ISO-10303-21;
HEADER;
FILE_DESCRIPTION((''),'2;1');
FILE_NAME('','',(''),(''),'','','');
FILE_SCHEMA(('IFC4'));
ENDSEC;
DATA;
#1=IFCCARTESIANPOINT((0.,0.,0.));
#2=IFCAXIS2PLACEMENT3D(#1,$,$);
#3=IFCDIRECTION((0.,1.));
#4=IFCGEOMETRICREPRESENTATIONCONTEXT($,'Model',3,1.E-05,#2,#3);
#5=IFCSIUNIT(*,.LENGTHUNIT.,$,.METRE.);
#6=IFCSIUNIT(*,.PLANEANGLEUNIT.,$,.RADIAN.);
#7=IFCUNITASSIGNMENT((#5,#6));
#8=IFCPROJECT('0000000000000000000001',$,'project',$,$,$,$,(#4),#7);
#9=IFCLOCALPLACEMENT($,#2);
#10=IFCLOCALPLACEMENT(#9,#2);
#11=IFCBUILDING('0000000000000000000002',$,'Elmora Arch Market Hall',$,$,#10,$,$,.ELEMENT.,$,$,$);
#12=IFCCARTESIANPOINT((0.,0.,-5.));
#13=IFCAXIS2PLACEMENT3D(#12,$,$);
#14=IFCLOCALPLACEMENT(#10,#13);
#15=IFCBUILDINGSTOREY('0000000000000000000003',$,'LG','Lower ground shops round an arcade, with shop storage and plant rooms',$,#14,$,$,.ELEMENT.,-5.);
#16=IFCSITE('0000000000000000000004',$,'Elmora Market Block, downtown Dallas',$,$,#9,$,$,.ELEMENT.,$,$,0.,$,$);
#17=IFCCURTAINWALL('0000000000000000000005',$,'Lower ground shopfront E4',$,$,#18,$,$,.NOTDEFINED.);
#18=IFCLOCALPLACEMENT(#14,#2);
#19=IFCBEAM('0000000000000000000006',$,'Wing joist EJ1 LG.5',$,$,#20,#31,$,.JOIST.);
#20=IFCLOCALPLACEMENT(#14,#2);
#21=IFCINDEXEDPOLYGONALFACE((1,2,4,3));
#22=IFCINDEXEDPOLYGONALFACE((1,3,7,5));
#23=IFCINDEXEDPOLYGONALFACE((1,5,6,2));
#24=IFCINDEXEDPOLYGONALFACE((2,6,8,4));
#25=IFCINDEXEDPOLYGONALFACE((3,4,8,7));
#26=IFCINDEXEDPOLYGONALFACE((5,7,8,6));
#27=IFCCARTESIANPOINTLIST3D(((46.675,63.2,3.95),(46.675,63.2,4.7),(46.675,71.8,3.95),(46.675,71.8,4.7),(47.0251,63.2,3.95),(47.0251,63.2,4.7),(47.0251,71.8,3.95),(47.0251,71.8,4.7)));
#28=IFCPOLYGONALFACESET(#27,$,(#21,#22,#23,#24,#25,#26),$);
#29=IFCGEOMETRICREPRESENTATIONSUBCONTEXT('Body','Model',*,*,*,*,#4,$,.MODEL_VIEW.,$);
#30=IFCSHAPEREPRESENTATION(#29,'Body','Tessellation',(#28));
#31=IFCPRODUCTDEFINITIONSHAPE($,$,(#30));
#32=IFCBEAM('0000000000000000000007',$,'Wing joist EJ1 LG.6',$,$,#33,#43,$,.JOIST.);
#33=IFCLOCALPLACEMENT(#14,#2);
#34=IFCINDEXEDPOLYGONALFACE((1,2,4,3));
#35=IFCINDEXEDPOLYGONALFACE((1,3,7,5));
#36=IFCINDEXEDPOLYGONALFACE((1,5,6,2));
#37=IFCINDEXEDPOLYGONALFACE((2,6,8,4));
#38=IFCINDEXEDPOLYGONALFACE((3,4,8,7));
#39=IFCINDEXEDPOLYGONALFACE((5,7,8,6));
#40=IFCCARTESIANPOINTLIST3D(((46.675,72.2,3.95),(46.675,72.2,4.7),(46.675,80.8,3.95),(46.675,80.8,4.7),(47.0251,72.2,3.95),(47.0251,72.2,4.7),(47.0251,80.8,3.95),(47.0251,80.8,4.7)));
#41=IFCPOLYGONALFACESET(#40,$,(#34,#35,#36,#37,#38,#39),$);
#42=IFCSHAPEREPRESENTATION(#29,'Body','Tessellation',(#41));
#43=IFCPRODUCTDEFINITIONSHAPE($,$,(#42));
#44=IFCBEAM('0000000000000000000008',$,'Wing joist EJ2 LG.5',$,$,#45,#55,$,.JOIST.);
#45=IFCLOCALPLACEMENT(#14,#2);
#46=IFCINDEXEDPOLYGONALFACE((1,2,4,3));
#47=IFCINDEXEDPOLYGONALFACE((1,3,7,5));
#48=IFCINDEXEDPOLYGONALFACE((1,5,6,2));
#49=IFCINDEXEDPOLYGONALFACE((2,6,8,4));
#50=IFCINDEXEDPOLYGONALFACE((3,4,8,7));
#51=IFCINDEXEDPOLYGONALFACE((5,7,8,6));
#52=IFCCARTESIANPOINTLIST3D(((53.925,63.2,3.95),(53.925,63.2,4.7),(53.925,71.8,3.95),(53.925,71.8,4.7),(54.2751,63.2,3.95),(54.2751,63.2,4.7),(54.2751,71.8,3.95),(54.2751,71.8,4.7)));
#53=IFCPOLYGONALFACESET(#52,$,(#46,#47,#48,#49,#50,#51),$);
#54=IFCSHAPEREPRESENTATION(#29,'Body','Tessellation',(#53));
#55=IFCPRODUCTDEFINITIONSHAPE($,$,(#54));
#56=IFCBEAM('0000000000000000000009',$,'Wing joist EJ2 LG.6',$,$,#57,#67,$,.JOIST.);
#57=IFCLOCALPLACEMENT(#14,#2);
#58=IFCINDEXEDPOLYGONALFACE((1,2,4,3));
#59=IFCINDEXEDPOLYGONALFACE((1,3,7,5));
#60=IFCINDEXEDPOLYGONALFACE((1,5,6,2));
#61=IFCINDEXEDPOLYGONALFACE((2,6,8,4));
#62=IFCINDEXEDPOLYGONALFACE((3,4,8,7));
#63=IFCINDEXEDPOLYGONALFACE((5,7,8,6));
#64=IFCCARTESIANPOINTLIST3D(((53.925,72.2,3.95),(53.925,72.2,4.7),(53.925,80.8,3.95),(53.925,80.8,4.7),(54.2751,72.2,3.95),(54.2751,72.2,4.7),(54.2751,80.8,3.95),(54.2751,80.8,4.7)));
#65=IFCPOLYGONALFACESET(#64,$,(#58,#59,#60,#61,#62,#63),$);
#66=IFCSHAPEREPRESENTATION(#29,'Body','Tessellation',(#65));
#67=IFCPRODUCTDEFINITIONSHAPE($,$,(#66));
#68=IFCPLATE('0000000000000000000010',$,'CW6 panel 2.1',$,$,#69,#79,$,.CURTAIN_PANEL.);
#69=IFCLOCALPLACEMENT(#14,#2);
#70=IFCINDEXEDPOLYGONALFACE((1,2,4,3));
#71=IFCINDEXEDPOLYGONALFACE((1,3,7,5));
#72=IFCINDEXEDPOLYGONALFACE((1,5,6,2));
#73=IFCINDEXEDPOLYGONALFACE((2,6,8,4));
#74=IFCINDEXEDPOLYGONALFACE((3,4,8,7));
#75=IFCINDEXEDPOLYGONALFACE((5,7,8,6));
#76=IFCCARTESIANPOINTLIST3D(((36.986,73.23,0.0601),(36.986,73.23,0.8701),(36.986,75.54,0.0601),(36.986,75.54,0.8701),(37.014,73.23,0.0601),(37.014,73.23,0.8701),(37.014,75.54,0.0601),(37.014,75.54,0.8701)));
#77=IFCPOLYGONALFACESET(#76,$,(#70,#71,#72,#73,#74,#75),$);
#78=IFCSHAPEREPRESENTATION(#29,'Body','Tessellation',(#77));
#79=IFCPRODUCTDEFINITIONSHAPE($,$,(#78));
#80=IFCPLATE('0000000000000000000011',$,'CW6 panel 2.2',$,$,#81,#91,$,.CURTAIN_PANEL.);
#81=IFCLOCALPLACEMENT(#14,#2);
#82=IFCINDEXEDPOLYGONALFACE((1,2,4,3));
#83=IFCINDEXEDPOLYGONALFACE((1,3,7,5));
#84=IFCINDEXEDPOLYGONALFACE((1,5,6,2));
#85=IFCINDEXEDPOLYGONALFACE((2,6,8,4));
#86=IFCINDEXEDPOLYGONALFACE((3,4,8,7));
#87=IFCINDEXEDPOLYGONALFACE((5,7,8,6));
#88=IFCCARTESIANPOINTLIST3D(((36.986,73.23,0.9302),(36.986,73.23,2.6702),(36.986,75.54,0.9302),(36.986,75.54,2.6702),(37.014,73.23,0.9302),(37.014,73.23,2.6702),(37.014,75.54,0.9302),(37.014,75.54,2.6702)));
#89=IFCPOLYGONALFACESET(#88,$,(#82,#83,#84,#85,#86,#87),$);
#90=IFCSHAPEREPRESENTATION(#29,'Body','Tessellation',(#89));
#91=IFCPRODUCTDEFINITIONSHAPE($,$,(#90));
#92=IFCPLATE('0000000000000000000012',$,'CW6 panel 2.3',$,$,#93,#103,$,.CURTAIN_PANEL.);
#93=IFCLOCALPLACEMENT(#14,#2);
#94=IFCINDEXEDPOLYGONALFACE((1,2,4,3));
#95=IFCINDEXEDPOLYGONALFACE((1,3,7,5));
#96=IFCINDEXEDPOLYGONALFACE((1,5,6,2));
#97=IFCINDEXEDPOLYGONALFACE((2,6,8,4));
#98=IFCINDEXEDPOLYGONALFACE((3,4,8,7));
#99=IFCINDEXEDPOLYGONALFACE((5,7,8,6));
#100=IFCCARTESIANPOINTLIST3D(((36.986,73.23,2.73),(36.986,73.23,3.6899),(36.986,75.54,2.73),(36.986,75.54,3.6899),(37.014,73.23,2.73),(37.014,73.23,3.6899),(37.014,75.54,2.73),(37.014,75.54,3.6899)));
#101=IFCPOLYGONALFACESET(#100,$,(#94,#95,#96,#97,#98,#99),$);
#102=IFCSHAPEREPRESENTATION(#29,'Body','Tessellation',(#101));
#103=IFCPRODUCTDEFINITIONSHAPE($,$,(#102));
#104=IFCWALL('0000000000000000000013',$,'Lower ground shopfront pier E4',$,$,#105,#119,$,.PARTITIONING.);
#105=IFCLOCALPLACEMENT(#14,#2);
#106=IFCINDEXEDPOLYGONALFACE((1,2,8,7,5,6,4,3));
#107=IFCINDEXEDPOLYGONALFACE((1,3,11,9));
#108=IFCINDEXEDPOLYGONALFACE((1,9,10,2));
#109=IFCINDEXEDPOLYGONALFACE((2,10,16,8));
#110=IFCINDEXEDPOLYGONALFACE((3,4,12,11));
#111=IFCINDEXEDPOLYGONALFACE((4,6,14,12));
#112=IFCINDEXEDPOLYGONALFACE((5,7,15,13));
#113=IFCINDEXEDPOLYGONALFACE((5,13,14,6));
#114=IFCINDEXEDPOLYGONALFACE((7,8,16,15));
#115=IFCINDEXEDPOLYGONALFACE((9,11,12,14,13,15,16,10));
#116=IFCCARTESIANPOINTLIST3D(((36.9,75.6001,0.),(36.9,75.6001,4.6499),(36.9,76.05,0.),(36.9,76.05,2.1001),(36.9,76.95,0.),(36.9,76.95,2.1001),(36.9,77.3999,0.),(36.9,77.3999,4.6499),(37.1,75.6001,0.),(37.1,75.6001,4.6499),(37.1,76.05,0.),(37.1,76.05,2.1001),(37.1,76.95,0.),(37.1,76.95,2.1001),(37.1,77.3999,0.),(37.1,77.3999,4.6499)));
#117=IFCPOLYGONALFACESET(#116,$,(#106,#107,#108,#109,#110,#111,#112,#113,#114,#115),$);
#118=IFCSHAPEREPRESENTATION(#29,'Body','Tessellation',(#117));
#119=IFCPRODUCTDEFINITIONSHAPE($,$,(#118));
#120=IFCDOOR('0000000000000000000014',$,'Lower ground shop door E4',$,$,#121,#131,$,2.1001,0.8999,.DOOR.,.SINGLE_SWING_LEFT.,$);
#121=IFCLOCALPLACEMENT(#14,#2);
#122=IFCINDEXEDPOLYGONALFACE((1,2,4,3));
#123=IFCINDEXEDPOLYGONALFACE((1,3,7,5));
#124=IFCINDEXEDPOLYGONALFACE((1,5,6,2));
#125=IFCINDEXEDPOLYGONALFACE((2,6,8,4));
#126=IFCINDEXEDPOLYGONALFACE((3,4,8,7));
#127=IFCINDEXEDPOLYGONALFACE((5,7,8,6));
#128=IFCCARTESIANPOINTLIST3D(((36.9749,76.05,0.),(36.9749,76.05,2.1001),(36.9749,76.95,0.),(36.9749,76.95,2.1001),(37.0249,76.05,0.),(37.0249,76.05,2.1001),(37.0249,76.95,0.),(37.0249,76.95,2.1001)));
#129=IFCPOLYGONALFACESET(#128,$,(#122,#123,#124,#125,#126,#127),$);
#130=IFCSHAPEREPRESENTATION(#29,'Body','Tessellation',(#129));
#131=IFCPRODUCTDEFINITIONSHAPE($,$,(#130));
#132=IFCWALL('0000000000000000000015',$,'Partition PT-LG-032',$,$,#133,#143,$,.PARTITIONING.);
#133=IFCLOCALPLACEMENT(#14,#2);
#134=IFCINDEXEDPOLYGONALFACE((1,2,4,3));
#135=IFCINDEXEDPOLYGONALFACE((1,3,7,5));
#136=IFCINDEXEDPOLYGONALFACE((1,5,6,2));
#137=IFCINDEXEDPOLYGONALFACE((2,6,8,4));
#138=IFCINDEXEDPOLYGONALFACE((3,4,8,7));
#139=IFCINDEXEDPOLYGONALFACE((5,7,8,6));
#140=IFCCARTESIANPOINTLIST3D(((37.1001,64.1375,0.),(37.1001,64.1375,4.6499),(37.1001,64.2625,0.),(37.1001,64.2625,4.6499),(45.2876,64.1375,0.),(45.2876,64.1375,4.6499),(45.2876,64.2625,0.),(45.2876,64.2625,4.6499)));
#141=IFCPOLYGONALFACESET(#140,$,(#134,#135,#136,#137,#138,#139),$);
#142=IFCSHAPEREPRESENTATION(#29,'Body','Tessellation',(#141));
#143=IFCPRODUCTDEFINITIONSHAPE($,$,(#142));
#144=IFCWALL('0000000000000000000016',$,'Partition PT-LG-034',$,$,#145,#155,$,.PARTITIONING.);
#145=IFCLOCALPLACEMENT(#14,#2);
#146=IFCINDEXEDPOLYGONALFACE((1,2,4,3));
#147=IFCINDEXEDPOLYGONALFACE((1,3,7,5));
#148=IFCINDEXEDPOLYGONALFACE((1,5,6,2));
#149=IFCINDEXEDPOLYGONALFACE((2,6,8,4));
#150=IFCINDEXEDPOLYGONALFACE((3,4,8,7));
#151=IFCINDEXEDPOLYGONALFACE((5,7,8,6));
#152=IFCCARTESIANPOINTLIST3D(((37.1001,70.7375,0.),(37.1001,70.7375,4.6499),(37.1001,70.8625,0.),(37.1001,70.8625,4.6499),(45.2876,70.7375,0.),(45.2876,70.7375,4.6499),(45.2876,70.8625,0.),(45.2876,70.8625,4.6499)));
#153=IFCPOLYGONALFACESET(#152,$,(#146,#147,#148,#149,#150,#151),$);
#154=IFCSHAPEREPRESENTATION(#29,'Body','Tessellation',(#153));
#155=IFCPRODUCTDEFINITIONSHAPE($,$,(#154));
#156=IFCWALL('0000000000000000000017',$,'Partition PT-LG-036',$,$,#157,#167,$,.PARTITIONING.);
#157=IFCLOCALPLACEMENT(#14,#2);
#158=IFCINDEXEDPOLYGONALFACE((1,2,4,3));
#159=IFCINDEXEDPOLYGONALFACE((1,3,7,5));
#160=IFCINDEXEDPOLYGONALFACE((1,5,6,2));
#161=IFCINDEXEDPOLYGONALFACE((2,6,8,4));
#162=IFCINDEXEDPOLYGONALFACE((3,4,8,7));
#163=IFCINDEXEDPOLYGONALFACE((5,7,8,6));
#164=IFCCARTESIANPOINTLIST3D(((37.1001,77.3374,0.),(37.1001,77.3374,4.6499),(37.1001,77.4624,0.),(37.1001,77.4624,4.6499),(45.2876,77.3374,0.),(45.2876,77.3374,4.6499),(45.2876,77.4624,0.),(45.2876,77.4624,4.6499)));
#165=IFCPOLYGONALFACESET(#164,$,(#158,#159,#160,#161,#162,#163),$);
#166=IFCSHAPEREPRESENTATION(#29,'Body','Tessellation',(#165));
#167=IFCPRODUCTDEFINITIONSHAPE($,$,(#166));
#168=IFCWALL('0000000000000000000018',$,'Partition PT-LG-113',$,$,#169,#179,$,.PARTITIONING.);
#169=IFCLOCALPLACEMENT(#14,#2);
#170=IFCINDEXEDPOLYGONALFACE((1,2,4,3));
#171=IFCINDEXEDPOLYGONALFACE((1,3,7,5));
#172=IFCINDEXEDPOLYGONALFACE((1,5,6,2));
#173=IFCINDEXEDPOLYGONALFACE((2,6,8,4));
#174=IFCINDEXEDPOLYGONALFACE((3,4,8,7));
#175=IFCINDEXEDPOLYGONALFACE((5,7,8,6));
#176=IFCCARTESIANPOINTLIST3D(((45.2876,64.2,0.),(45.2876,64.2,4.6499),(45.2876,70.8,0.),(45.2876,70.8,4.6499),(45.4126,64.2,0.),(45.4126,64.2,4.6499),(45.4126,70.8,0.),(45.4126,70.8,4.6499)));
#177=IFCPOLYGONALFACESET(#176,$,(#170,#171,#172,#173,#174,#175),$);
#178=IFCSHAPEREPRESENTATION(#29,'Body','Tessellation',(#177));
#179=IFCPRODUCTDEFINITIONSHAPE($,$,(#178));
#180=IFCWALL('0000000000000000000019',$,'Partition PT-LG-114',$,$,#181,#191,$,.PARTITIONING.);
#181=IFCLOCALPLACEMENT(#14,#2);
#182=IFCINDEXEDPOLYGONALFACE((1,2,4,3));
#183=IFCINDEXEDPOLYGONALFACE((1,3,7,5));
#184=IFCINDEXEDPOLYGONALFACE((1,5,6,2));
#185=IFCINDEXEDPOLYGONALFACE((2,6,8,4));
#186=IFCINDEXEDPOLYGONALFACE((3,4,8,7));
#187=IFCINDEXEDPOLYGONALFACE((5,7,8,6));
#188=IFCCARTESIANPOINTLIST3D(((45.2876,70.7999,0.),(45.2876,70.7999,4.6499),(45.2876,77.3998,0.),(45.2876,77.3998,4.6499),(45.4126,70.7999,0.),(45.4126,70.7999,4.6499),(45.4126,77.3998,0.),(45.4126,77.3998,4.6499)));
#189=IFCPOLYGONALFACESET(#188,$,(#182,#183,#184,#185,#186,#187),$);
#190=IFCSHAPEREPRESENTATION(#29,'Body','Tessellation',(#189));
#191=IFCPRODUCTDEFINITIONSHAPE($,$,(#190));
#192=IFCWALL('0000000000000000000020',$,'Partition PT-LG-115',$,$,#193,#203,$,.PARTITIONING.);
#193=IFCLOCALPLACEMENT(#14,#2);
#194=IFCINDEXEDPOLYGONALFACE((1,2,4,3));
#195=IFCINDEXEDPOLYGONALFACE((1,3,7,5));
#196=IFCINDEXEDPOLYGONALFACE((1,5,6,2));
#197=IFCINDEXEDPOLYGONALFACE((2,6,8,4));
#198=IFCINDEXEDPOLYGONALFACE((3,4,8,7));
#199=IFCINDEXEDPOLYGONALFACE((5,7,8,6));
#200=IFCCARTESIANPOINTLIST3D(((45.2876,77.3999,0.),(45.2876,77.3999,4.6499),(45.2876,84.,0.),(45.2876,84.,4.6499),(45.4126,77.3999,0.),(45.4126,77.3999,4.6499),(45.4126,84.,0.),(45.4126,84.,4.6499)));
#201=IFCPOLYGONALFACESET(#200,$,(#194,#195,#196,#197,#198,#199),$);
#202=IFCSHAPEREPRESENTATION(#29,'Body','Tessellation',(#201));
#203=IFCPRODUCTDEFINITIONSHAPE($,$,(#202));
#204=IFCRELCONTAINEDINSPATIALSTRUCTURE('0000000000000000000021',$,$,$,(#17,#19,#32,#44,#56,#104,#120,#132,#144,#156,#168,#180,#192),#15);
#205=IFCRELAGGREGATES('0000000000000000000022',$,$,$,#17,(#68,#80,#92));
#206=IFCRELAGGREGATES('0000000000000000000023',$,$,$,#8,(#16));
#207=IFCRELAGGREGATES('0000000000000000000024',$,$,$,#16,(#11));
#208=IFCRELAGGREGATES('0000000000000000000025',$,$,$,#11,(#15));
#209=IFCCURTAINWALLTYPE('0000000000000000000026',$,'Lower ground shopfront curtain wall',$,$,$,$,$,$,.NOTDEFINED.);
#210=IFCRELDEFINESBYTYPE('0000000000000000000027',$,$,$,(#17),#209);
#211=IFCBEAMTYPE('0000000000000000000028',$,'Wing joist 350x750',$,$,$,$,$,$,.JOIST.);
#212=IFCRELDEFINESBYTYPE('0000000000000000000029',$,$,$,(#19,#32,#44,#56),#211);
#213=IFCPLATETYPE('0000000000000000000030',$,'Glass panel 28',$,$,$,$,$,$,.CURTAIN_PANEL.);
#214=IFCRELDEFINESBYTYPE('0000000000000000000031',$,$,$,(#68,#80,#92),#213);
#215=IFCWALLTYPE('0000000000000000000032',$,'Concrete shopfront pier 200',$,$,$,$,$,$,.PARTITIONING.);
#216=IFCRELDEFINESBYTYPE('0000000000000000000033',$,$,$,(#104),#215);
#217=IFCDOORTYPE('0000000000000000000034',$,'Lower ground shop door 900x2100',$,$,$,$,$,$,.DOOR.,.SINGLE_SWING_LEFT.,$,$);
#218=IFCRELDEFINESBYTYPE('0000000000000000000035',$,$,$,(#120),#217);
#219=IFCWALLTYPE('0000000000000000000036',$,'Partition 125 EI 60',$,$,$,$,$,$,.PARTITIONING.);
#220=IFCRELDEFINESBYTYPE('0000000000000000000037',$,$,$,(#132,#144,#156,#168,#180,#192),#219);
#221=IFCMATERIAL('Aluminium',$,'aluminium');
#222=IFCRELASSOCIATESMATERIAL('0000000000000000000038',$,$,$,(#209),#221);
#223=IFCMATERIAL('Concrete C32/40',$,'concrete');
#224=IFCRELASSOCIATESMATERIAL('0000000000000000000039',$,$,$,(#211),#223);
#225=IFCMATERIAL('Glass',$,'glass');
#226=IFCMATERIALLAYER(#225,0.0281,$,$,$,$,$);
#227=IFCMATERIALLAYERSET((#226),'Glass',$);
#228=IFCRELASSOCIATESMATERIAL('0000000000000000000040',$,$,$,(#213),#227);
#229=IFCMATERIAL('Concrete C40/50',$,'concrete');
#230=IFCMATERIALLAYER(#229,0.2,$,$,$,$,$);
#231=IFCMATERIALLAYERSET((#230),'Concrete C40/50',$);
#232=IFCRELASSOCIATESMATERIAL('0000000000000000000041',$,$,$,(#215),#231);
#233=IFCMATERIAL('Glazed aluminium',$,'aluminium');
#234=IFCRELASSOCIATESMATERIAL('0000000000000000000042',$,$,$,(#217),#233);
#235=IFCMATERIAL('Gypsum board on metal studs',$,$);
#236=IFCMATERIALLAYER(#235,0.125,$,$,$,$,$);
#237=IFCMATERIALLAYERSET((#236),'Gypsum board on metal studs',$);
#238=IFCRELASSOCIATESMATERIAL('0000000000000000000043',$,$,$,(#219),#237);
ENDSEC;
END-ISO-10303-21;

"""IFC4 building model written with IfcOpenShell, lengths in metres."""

from ifc_helpers import new_model, si_unit, direction, frame, frame_2d, origin, origin_2d, place, context, subcontext, project, spatial, rectangle, extrude, material, layer, layer_set, material_profile, profile_set, type_object, element, fill, aggregate, save


model = new_model("IFC4")

# Units and contexts
model_context = context("Model", 3, precision=1e-05, world=origin(), true_north=direction((0.0, 1.0)))
body_context = subcontext(model_context, "Body", "Model", "MODEL_VIEW")
ifc_project = project(units=[si_unit("LENGTHUNIT", "METRE"), si_unit("PLANEANGLEUNIT", "RADIAN")], contexts=[model_context])

# Site, building, storey
site_placement = place(None, origin())
site = spatial("IfcSite", under=ifc_project, at=site_placement, Name="Elmora Market Block, downtown Dallas", CompositionType="ELEMENT", RefElevation=0.0)
building_placement = place(site_placement, origin())
building = spatial("IfcBuilding", under=site, at=building_placement, Name="Elmora Arch Market Hall", CompositionType="ELEMENT")
storey_placement = place(building_placement, frame((0.0, 0.0, -5.0)))
storey = spatial("IfcBuildingStorey", under=building, at=storey_placement, Name="LG", Description="Lower ground shops round an arcade, with shop storage and plant rooms", CompositionType="ELEMENT", Elevation=-5.0)

# Curtain wall
ifc_material_1 = material(Name="Aluminium", Category="aluminium")
curtain_wall_type = type_object("IfcCurtainWallType", Name="Lower ground shopfront curtain wall", PredefinedType="NOTDEFINED", material=ifc_material_1)
curtain_wall_1_placement = place(storey_placement, origin())
curtain_wall_1 = element("IfcCurtainWall", 1, at=curtain_wall_1_placement, inside=storey, type_object=curtain_wall_type, Name="Lower ground shopfront E4", PredefinedType="NOTDEFINED")

# Beams
ifc_material_2 = material(Name="Concrete C32/40", Category="concrete")
ifc_material_profile_1 = material_profile(ifc_material_2, rectangle(XDim=0.3501, YDim=0.75, at=origin_2d()), Name="Wing joist 350x750")
ifc_profile_set_1 = profile_set([ifc_material_profile_1], Name="Concrete C32/40")
beam_type_1 = type_object("IfcBeamType", Name="Wing joist 350x750", PredefinedType="JOIST", material=ifc_profile_set_1)
for number, where, z_axis, x_axis, name in (
    (2, (46.8501, 63.2, 4.325), (0.0, 1.0, 0.0), (-1.0, 0.0, 0.0), "Wing joist EJ1 LG.5"),
    (3, (46.8501, 72.2, 4.325), (0.0, 1.0, 0.0), (-1.0, 0.0, 0.0), "Wing joist EJ1 LG.6"),
    (4, (54.1001, 63.2, 4.325), (0.0, 1.0, 0.0), (-1.0, 0.0, 0.0), "Wing joist EJ2 LG.5"),
    (5, (54.1001, 72.2, 4.325), (0.0, 1.0, 0.0), (-1.0, 0.0, 0.0), "Wing joist EJ2 LG.6"),
):
    element("IfcBeam", number, at=place(storey_placement, frame(where, z_axis=z_axis, x_axis=x_axis)), inside=storey, type_object=beam_type_1, Name=name, PredefinedType="JOIST", context=body_context, shape_type="SweptSolid", body=[
        extrude(rectangle(XDim=0.3501, YDim=0.75, at=origin_2d()), origin(), (0.0, 0.0, 1.0), 8.6001),
    ])

# Plates
ifc_material_3 = material(Name="Glass", Category="glass")
ifc_layer_1 = layer(ifc_material_3, 0.0281)
ifc_layer_set_1 = layer_set([ifc_layer_1], Name="Glass")
plate_type = type_object("IfcPlateType", Name="Glass panel 28", PredefinedType="CURTAIN_PANEL", material=ifc_layer_set_1)
plate_1_placement = place(storey_placement, frame((37.0, 74.385, 0.0601), z_axis=(0.0, 0.0, 1.0), x_axis=(0.0, 1.0, 0.0)))
plate_1 = element("IfcPlate", 6, at=plate_1_placement, type_object=plate_type, Name="CW6 panel 2.1", PredefinedType="CURTAIN_PANEL", context=body_context, shape_type="SweptSolid", body=[
    extrude(rectangle(XDim=2.3101, YDim=0.0281, at=origin_2d()), origin(), (0.0, 0.0, 1.0), 0.8101),
])
plate_2_placement = place(storey_placement, frame((37.0, 74.385, 0.9302), z_axis=(0.0, 0.0, 1.0), x_axis=(0.0, 1.0, 0.0)))
plate_2 = element("IfcPlate", 7, at=plate_2_placement, type_object=plate_type, Name="CW6 panel 2.2", PredefinedType="CURTAIN_PANEL", context=body_context, shape_type="SweptSolid", body=[
    extrude(rectangle(XDim=2.3101, YDim=0.0281, at=origin_2d()), origin(), (0.0, 0.0, 1.0), 1.74),
])
plate_3_placement = place(storey_placement, frame((37.0, 74.385, 2.73), z_axis=(0.0, 0.0, 1.0), x_axis=(0.0, 1.0, 0.0)))
plate_3 = element("IfcPlate", 8, at=plate_3_placement, type_object=plate_type, Name="CW6 panel 2.3", PredefinedType="CURTAIN_PANEL", context=body_context, shape_type="SweptSolid", body=[
    extrude(rectangle(XDim=2.3101, YDim=0.0281, at=origin_2d()), origin(), (0.0, 0.0, 1.0), 0.96),
])
aggregate(curtain_wall_1, [plate_1, plate_2, plate_3])

# Wall, opening, door
ifc_material_4 = material(Name="Concrete C40/50", Category="concrete")
ifc_layer_2 = layer(ifc_material_4, 0.2)
ifc_layer_set_2 = layer_set([ifc_layer_2], Name="Concrete C40/50")
wall_type_1 = type_object("IfcWallType", Name="Concrete shopfront pier 200", PredefinedType="PARTITIONING", material=ifc_layer_set_2)
wall_1_placement = place(storey_placement, frame((37.0, 77.3999, 0.0), z_axis=(0.0, 0.0, 1.0), x_axis=(0.0, -1.0, 0.0)))
wall_1 = element("IfcWall", 9, at=wall_1_placement, inside=storey, type_object=wall_type_1, Name="Lower ground shopfront pier E4", PredefinedType="PARTITIONING", context=body_context, shape_type="SweptSolid", body=[
    extrude(rectangle(XDim=1.7998, YDim=0.2, at=frame_2d((0.8999, 0.0))), origin(), (0.0, 0.0, 1.0), 4.6499),
])
opening_placement = place(wall_1_placement, frame((0.45, 0.0, 0.0)))
opening = element("IfcOpeningElement", 10, at=opening_placement, cuts=wall_1, PredefinedType="OPENING", context=body_context, shape_type="SweptSolid", body=[
    extrude(rectangle(XDim=0.8999, YDim=2.1001, at=frame_2d((0.45, 1.05))), frame((0.0, 0.1099, 0.0), z_axis=(0.0, -1.0, 0.0), x_axis=(1.0, 0.0, 0.0)), (0.0, 0.0, 1.0), 0.22),
])
ifc_material_5 = material(Name="Glazed aluminium", Category="aluminium")
door_type = type_object("IfcDoorType", Name="Lower ground shop door 900x2100", OperationType="SINGLE_SWING_LEFT", PredefinedType="DOOR", material=ifc_material_5)
door_placement = place(opening_placement, origin())
door = element("IfcDoor", 11, at=door_placement, inside=storey, type_object=door_type, Name="Lower ground shop door E4", OperationType="SINGLE_SWING_LEFT", OverallHeight=2.1001, OverallWidth=0.8999, PredefinedType="DOOR", context=body_context, shape_type="SweptSolid", body=[
    extrude(rectangle(XDim=0.8999, YDim=2.1001, at=frame_2d((0.45, 1.05))), frame((0.0, 0.0249, 0.0), z_axis=(0.0, -1.0, 0.0), x_axis=(1.0, 0.0, 0.0)), (0.0, 0.0, 1.0), 0.05),
])
fill(opening, door)

# Walls
ifc_material_6 = material(Name="Gypsum board on metal studs")
ifc_layer_3 = layer(ifc_material_6, 0.125)
ifc_layer_set_3 = layer_set([ifc_layer_3], Name="Gypsum board on metal studs")
wall_type_2 = type_object("IfcWallType", Name="Partition 125 EI 60", PredefinedType="PARTITIONING", material=ifc_layer_set_3)
for number, where, z_axis, x_axis, name in (
    (12, (37.1001, 64.2, 0.0), (0.0, 0.0, 1.0), (1.0, 0.0, 0.0), "Partition PT-LG-032"),
    (13, (37.1001, 70.8, 0.0), (0.0, 0.0, 1.0), (1.0, 0.0, 0.0), "Partition PT-LG-034"),
    (14, (37.1001, 77.3999, 0.0), (0.0, 0.0, 1.0), (1.0, 0.0, 0.0), "Partition PT-LG-036"),
):
    element("IfcWall", number, at=place(storey_placement, frame(where, z_axis=z_axis, x_axis=x_axis)), inside=storey, type_object=wall_type_2, Name=name, PredefinedType="PARTITIONING", context=body_context, shape_type="SweptSolid", body=[
        extrude(rectangle(XDim=8.1875, YDim=0.125, at=frame_2d((4.0938, 0.0))), origin(), (0.0, 0.0, 1.0), 4.6499),
    ])
wall_2_placement = place(storey_placement, frame((45.3501, 64.2, 0.0), z_axis=(0.0, 0.0, 1.0), x_axis=(0.0, 1.0, 0.0)))
element("IfcWall", 15, at=wall_2_placement, inside=storey, type_object=wall_type_2, Name="Partition PT-LG-113", PredefinedType="PARTITIONING", context=body_context, shape_type="SweptSolid", body=[
    extrude(rectangle(XDim=6.6001, YDim=0.125, at=frame_2d((3.3, 0.0))), origin(), (0.0, 0.0, 1.0), 4.6499),
])
wall_3_placement = place(storey_placement, frame((45.3501, 70.8, 0.0), z_axis=(0.0, 0.0, 1.0), x_axis=(0.0, 1.0, 0.0)))
element("IfcWall", 16, at=wall_3_placement, inside=storey, type_object=wall_type_2, Name="Partition PT-LG-114", PredefinedType="PARTITIONING", context=body_context, shape_type="SweptSolid", body=[
    extrude(rectangle(XDim=6.5999, YDim=0.125, at=frame_2d((3.2998, 0.0))), origin(), (0.0, 0.0, 1.0), 4.6499),
])
wall_4_placement = place(storey_placement, frame((45.3501, 77.3999, 0.0), z_axis=(0.0, 0.0, 1.0), x_axis=(0.0, 1.0, 0.0)))
element("IfcWall", 17, at=wall_4_placement, inside=storey, type_object=wall_type_2, Name="Partition PT-LG-115", PredefinedType="PARTITIONING", context=body_context, shape_type="SweptSolid", body=[
    extrude(rectangle(XDim=6.6001, YDim=0.125, at=frame_2d((3.3, 0.0))), origin(), (0.0, 0.0, 1.0), 4.6499),
])

save(model, "model.ifc")
